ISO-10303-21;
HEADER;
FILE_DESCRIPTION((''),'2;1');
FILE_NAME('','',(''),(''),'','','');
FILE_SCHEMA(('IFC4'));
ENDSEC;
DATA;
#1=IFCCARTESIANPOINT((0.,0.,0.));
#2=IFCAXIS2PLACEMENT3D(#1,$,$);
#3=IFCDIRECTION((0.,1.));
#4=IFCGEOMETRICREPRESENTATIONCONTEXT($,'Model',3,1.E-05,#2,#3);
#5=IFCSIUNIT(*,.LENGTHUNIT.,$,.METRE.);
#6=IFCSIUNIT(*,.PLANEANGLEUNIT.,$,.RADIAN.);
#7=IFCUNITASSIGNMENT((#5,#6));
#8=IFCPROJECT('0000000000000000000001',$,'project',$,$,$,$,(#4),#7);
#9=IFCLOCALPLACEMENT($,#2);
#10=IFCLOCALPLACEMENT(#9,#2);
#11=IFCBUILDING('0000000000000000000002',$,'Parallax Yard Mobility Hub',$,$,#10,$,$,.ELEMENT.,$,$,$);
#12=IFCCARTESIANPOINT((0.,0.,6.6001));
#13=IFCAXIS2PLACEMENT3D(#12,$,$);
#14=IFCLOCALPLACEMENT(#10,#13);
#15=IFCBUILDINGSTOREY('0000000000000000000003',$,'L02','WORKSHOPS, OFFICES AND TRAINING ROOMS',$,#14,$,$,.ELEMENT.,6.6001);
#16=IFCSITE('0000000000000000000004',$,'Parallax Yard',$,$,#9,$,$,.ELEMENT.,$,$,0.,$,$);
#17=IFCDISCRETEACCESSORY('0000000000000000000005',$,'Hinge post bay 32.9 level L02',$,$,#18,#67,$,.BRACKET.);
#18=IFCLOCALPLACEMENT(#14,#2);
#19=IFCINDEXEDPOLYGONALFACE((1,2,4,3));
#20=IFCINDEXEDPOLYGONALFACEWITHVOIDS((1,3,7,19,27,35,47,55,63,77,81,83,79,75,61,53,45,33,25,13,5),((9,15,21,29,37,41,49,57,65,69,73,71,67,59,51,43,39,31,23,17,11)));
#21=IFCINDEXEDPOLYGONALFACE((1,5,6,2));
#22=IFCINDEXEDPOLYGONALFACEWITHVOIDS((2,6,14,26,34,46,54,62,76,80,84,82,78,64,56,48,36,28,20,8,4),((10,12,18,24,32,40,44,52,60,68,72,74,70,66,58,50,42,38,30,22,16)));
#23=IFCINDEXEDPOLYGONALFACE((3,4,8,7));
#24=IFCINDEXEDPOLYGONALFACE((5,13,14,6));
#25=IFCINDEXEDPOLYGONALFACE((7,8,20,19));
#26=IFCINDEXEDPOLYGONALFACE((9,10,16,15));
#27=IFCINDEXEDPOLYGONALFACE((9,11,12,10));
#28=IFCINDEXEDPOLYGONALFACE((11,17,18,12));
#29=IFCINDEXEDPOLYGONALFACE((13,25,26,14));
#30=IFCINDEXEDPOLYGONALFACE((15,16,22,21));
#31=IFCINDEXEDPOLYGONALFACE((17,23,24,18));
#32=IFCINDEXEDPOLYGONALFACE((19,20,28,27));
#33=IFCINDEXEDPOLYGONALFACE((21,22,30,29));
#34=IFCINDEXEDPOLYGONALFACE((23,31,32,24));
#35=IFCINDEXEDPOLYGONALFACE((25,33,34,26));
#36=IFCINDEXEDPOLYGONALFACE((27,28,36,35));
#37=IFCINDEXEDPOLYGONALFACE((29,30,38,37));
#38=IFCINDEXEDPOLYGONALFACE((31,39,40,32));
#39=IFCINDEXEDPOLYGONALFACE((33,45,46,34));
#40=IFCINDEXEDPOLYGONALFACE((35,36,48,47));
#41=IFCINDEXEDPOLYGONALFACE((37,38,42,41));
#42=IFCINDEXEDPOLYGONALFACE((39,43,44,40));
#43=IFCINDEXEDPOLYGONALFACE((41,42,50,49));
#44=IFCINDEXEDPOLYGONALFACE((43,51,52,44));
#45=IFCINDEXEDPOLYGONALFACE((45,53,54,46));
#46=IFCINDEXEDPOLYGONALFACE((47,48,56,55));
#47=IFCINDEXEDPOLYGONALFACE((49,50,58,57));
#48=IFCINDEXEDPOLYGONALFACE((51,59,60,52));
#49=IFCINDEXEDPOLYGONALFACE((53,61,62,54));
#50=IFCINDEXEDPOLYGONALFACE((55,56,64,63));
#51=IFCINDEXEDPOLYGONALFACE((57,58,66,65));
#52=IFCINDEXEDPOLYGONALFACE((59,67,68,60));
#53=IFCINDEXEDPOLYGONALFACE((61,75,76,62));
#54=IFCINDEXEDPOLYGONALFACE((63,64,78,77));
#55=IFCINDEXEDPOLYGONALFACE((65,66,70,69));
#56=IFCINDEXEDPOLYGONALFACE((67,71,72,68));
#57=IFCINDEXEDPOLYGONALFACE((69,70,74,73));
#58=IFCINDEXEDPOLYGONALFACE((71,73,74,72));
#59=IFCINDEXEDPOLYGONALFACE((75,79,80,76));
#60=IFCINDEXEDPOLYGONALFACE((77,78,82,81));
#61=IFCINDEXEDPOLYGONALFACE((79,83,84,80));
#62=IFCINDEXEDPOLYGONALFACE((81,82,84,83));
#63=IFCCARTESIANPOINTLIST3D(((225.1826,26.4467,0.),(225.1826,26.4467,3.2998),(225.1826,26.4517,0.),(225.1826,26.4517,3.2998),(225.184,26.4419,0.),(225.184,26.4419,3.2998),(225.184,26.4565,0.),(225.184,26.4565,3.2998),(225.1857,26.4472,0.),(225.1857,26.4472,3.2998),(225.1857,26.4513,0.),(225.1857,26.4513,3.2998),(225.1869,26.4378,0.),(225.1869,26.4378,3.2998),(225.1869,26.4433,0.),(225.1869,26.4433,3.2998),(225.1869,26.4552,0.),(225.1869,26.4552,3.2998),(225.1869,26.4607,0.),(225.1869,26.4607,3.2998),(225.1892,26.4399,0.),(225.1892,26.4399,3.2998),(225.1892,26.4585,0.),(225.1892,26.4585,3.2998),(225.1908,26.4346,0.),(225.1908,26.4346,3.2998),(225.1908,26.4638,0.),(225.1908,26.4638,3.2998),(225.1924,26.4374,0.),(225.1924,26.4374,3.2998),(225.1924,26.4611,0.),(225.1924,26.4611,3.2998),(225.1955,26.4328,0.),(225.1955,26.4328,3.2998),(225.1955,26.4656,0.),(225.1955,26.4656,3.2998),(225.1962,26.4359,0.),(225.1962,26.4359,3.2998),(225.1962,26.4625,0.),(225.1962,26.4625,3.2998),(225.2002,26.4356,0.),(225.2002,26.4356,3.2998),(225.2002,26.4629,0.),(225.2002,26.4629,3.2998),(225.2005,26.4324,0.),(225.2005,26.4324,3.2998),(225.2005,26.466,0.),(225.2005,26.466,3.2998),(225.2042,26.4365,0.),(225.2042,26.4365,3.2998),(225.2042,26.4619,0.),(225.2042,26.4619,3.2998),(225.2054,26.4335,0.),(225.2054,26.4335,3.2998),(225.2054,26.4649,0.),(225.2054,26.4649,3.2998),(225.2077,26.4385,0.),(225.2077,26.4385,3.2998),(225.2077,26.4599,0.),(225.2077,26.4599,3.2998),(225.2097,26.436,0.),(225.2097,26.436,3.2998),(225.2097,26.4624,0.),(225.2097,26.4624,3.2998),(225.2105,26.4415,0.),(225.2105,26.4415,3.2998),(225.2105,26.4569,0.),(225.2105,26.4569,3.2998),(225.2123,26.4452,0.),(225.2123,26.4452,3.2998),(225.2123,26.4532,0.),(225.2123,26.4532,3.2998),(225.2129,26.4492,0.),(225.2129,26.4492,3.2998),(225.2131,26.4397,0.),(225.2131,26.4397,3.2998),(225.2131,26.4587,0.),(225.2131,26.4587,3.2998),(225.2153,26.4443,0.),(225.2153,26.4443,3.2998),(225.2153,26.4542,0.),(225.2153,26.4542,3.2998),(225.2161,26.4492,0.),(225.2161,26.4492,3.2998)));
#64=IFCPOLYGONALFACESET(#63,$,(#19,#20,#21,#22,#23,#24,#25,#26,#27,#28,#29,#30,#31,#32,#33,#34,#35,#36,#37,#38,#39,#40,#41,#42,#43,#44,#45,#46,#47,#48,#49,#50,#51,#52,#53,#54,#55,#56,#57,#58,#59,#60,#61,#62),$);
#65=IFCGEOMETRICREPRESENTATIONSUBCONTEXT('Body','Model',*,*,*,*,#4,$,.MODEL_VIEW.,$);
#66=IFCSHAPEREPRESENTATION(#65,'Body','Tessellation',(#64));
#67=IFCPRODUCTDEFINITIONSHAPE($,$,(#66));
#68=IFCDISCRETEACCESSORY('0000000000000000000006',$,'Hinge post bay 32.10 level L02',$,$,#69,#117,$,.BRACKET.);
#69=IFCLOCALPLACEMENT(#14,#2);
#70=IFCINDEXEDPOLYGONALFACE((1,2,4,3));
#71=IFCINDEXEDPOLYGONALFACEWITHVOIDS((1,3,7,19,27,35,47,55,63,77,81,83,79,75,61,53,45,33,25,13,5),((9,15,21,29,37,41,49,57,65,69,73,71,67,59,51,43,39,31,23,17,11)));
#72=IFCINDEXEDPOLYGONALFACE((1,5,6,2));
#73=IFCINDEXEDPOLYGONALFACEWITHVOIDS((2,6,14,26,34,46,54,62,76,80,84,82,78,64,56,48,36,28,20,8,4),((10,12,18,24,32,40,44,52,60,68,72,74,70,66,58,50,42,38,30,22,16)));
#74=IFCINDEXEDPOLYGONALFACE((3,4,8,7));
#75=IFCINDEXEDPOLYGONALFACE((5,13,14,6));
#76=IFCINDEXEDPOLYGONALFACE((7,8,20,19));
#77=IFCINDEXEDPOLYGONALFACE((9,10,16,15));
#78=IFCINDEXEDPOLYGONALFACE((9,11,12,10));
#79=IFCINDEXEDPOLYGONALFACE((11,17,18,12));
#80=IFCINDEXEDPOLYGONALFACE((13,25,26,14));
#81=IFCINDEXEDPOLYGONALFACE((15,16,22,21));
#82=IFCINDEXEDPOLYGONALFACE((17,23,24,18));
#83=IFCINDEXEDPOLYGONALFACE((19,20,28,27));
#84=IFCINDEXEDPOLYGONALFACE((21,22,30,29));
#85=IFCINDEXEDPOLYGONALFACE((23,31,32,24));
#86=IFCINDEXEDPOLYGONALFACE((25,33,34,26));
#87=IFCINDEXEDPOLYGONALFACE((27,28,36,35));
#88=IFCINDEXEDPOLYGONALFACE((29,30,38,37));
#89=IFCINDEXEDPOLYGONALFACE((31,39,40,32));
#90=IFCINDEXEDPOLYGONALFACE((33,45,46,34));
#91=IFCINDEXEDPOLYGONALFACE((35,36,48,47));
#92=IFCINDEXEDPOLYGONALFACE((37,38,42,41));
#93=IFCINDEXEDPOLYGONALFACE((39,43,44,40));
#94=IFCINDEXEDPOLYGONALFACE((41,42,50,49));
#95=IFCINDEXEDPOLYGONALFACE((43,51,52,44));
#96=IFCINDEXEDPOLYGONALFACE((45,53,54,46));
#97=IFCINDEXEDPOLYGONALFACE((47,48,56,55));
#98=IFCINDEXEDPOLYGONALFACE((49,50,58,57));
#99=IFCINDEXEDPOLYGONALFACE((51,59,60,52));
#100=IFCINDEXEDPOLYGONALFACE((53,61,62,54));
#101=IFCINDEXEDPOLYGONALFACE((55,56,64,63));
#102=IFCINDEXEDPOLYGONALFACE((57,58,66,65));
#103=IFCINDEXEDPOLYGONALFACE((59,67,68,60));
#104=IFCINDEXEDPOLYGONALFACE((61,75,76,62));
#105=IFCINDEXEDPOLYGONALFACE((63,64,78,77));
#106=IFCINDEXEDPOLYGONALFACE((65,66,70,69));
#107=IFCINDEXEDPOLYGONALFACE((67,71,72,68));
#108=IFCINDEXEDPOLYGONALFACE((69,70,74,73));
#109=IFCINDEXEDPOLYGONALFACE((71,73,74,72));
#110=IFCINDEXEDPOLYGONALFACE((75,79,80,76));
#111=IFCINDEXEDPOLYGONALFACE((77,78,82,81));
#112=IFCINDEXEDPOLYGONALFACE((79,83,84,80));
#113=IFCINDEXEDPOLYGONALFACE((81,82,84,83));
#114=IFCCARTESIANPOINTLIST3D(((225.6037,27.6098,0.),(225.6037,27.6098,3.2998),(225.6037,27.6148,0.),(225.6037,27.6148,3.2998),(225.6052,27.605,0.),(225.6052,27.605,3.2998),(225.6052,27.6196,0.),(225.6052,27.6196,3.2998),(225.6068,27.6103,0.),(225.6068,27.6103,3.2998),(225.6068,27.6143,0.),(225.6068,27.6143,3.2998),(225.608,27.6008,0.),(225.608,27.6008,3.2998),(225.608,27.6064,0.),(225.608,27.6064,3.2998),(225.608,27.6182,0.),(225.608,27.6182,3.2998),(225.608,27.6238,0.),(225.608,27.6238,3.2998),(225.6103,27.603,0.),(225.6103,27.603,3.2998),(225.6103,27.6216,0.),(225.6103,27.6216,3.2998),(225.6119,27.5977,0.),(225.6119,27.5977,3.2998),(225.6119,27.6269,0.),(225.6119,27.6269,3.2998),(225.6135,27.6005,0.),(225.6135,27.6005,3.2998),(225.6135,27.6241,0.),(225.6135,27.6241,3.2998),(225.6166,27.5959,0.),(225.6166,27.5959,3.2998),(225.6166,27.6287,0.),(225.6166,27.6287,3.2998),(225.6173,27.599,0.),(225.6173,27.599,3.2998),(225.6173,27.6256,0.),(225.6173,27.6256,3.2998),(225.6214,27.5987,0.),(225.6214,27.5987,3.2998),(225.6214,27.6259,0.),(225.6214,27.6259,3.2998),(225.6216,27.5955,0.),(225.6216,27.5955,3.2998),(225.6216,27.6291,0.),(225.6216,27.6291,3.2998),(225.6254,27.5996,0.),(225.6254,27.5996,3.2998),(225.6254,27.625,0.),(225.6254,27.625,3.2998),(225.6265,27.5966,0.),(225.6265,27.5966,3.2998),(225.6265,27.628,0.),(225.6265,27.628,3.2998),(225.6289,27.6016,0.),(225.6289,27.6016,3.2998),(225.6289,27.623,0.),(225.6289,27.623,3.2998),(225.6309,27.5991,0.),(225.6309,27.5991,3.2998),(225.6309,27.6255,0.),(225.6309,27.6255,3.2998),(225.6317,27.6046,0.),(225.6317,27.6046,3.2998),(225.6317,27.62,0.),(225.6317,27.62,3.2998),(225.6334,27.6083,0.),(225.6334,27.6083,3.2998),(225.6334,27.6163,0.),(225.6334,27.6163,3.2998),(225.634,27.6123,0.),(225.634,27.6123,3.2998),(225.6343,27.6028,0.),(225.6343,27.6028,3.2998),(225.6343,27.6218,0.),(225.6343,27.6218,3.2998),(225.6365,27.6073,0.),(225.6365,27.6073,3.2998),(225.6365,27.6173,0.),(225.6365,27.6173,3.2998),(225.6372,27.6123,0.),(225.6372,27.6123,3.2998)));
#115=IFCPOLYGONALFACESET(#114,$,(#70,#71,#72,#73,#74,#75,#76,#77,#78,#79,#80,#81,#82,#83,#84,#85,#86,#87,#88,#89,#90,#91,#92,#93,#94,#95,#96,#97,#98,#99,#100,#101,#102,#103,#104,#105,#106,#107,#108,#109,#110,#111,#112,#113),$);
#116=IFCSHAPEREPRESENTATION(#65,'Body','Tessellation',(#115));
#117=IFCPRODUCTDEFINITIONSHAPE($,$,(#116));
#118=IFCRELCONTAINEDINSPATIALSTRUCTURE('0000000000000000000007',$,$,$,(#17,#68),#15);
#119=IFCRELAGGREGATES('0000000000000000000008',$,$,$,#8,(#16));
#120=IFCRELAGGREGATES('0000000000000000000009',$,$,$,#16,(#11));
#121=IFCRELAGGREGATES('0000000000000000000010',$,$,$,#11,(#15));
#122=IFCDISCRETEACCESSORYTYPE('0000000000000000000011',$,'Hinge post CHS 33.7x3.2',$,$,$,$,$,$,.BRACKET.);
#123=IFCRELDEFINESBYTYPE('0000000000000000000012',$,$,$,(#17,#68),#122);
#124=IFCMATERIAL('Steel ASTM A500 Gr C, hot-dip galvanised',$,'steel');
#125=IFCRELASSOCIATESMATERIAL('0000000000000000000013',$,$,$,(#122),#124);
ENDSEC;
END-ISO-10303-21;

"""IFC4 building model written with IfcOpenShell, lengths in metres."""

from ifc_helpers import new_model, si_unit, direction, frame, origin, origin_2d, place, context, subcontext, project, spatial, hollow_circle, extrude, material, material_profile, profile_set, type_object, element, save


model = new_model("IFC4")

# Units and contexts
model_context = context("Model", 3, precision=1e-05, world=origin(), true_north=direction((0.0, 1.0)))
body_context = subcontext(model_context, "Body", "Model", "MODEL_VIEW")
ifc_project = project(units=[si_unit("LENGTHUNIT", "METRE"), si_unit("PLANEANGLEUNIT", "RADIAN")], contexts=[model_context])

# Site, building, storey
site_placement = place(None, origin())
site = spatial("IfcSite", under=ifc_project, at=site_placement, Name="Parallax Yard", CompositionType="ELEMENT", RefElevation=0.0)
building_placement = place(site_placement, origin())
building = spatial("IfcBuilding", under=site, at=building_placement, Name="Parallax Yard Mobility Hub", CompositionType="ELEMENT")
storey_placement = place(building_placement, frame((0.0, 0.0, 6.6001)))
storey = spatial("IfcBuildingStorey", under=building, at=storey_placement, Name="L02", Description="WORKSHOPS, OFFICES AND TRAINING ROOMS", CompositionType="ELEMENT", Elevation=6.6001)

# Discrete accessories
ifc_material_1 = material(Name="Steel ASTM A500 Gr C, hot-dip galvanised", Category="steel")
ifc_material_profile_1 = material_profile(ifc_material_1, hollow_circle(Radius=0.0168, WallThickness=0.0032, at=origin_2d()), Name="CHS 33.7x3.2")
ifc_profile_set_1 = profile_set([ifc_material_profile_1], Name="Steel ASTM A500 Gr C, hot-dip galvanised")
discrete_accessory_type_1 = type_object("IfcDiscreteAccessoryType", Name="Hinge post CHS 33.7x3.2", PredefinedType="BRACKET", material=ifc_profile_set_1)
for number, where, z_axis, x_axis, name in (
    (1, (225.1992, 26.4492, 0.0), (0.0, 0.0, 1.0), (1.0, 0.0, 0.0), "Hinge post bay 32.9 level L02"),
    (2, (225.6204, 27.6123, 0.0), (0.0, 0.0, 1.0), (1.0, 0.0, 0.0), "Hinge post bay 32.10 level L02"),
):
    element("IfcDiscreteAccessory", number, at=place(storey_placement, frame(where, z_axis=z_axis, x_axis=x_axis)), inside=storey, type_object=discrete_accessory_type_1, Name=name, PredefinedType="BRACKET", context=body_context, shape_type="SweptSolid", body=[
        extrude(hollow_circle(Radius=0.0168, WallThickness=0.0032, at=origin_2d()), origin(), (0.0, 0.0, 1.0), 3.2998),
    ])

save(model, "model.ifc")
